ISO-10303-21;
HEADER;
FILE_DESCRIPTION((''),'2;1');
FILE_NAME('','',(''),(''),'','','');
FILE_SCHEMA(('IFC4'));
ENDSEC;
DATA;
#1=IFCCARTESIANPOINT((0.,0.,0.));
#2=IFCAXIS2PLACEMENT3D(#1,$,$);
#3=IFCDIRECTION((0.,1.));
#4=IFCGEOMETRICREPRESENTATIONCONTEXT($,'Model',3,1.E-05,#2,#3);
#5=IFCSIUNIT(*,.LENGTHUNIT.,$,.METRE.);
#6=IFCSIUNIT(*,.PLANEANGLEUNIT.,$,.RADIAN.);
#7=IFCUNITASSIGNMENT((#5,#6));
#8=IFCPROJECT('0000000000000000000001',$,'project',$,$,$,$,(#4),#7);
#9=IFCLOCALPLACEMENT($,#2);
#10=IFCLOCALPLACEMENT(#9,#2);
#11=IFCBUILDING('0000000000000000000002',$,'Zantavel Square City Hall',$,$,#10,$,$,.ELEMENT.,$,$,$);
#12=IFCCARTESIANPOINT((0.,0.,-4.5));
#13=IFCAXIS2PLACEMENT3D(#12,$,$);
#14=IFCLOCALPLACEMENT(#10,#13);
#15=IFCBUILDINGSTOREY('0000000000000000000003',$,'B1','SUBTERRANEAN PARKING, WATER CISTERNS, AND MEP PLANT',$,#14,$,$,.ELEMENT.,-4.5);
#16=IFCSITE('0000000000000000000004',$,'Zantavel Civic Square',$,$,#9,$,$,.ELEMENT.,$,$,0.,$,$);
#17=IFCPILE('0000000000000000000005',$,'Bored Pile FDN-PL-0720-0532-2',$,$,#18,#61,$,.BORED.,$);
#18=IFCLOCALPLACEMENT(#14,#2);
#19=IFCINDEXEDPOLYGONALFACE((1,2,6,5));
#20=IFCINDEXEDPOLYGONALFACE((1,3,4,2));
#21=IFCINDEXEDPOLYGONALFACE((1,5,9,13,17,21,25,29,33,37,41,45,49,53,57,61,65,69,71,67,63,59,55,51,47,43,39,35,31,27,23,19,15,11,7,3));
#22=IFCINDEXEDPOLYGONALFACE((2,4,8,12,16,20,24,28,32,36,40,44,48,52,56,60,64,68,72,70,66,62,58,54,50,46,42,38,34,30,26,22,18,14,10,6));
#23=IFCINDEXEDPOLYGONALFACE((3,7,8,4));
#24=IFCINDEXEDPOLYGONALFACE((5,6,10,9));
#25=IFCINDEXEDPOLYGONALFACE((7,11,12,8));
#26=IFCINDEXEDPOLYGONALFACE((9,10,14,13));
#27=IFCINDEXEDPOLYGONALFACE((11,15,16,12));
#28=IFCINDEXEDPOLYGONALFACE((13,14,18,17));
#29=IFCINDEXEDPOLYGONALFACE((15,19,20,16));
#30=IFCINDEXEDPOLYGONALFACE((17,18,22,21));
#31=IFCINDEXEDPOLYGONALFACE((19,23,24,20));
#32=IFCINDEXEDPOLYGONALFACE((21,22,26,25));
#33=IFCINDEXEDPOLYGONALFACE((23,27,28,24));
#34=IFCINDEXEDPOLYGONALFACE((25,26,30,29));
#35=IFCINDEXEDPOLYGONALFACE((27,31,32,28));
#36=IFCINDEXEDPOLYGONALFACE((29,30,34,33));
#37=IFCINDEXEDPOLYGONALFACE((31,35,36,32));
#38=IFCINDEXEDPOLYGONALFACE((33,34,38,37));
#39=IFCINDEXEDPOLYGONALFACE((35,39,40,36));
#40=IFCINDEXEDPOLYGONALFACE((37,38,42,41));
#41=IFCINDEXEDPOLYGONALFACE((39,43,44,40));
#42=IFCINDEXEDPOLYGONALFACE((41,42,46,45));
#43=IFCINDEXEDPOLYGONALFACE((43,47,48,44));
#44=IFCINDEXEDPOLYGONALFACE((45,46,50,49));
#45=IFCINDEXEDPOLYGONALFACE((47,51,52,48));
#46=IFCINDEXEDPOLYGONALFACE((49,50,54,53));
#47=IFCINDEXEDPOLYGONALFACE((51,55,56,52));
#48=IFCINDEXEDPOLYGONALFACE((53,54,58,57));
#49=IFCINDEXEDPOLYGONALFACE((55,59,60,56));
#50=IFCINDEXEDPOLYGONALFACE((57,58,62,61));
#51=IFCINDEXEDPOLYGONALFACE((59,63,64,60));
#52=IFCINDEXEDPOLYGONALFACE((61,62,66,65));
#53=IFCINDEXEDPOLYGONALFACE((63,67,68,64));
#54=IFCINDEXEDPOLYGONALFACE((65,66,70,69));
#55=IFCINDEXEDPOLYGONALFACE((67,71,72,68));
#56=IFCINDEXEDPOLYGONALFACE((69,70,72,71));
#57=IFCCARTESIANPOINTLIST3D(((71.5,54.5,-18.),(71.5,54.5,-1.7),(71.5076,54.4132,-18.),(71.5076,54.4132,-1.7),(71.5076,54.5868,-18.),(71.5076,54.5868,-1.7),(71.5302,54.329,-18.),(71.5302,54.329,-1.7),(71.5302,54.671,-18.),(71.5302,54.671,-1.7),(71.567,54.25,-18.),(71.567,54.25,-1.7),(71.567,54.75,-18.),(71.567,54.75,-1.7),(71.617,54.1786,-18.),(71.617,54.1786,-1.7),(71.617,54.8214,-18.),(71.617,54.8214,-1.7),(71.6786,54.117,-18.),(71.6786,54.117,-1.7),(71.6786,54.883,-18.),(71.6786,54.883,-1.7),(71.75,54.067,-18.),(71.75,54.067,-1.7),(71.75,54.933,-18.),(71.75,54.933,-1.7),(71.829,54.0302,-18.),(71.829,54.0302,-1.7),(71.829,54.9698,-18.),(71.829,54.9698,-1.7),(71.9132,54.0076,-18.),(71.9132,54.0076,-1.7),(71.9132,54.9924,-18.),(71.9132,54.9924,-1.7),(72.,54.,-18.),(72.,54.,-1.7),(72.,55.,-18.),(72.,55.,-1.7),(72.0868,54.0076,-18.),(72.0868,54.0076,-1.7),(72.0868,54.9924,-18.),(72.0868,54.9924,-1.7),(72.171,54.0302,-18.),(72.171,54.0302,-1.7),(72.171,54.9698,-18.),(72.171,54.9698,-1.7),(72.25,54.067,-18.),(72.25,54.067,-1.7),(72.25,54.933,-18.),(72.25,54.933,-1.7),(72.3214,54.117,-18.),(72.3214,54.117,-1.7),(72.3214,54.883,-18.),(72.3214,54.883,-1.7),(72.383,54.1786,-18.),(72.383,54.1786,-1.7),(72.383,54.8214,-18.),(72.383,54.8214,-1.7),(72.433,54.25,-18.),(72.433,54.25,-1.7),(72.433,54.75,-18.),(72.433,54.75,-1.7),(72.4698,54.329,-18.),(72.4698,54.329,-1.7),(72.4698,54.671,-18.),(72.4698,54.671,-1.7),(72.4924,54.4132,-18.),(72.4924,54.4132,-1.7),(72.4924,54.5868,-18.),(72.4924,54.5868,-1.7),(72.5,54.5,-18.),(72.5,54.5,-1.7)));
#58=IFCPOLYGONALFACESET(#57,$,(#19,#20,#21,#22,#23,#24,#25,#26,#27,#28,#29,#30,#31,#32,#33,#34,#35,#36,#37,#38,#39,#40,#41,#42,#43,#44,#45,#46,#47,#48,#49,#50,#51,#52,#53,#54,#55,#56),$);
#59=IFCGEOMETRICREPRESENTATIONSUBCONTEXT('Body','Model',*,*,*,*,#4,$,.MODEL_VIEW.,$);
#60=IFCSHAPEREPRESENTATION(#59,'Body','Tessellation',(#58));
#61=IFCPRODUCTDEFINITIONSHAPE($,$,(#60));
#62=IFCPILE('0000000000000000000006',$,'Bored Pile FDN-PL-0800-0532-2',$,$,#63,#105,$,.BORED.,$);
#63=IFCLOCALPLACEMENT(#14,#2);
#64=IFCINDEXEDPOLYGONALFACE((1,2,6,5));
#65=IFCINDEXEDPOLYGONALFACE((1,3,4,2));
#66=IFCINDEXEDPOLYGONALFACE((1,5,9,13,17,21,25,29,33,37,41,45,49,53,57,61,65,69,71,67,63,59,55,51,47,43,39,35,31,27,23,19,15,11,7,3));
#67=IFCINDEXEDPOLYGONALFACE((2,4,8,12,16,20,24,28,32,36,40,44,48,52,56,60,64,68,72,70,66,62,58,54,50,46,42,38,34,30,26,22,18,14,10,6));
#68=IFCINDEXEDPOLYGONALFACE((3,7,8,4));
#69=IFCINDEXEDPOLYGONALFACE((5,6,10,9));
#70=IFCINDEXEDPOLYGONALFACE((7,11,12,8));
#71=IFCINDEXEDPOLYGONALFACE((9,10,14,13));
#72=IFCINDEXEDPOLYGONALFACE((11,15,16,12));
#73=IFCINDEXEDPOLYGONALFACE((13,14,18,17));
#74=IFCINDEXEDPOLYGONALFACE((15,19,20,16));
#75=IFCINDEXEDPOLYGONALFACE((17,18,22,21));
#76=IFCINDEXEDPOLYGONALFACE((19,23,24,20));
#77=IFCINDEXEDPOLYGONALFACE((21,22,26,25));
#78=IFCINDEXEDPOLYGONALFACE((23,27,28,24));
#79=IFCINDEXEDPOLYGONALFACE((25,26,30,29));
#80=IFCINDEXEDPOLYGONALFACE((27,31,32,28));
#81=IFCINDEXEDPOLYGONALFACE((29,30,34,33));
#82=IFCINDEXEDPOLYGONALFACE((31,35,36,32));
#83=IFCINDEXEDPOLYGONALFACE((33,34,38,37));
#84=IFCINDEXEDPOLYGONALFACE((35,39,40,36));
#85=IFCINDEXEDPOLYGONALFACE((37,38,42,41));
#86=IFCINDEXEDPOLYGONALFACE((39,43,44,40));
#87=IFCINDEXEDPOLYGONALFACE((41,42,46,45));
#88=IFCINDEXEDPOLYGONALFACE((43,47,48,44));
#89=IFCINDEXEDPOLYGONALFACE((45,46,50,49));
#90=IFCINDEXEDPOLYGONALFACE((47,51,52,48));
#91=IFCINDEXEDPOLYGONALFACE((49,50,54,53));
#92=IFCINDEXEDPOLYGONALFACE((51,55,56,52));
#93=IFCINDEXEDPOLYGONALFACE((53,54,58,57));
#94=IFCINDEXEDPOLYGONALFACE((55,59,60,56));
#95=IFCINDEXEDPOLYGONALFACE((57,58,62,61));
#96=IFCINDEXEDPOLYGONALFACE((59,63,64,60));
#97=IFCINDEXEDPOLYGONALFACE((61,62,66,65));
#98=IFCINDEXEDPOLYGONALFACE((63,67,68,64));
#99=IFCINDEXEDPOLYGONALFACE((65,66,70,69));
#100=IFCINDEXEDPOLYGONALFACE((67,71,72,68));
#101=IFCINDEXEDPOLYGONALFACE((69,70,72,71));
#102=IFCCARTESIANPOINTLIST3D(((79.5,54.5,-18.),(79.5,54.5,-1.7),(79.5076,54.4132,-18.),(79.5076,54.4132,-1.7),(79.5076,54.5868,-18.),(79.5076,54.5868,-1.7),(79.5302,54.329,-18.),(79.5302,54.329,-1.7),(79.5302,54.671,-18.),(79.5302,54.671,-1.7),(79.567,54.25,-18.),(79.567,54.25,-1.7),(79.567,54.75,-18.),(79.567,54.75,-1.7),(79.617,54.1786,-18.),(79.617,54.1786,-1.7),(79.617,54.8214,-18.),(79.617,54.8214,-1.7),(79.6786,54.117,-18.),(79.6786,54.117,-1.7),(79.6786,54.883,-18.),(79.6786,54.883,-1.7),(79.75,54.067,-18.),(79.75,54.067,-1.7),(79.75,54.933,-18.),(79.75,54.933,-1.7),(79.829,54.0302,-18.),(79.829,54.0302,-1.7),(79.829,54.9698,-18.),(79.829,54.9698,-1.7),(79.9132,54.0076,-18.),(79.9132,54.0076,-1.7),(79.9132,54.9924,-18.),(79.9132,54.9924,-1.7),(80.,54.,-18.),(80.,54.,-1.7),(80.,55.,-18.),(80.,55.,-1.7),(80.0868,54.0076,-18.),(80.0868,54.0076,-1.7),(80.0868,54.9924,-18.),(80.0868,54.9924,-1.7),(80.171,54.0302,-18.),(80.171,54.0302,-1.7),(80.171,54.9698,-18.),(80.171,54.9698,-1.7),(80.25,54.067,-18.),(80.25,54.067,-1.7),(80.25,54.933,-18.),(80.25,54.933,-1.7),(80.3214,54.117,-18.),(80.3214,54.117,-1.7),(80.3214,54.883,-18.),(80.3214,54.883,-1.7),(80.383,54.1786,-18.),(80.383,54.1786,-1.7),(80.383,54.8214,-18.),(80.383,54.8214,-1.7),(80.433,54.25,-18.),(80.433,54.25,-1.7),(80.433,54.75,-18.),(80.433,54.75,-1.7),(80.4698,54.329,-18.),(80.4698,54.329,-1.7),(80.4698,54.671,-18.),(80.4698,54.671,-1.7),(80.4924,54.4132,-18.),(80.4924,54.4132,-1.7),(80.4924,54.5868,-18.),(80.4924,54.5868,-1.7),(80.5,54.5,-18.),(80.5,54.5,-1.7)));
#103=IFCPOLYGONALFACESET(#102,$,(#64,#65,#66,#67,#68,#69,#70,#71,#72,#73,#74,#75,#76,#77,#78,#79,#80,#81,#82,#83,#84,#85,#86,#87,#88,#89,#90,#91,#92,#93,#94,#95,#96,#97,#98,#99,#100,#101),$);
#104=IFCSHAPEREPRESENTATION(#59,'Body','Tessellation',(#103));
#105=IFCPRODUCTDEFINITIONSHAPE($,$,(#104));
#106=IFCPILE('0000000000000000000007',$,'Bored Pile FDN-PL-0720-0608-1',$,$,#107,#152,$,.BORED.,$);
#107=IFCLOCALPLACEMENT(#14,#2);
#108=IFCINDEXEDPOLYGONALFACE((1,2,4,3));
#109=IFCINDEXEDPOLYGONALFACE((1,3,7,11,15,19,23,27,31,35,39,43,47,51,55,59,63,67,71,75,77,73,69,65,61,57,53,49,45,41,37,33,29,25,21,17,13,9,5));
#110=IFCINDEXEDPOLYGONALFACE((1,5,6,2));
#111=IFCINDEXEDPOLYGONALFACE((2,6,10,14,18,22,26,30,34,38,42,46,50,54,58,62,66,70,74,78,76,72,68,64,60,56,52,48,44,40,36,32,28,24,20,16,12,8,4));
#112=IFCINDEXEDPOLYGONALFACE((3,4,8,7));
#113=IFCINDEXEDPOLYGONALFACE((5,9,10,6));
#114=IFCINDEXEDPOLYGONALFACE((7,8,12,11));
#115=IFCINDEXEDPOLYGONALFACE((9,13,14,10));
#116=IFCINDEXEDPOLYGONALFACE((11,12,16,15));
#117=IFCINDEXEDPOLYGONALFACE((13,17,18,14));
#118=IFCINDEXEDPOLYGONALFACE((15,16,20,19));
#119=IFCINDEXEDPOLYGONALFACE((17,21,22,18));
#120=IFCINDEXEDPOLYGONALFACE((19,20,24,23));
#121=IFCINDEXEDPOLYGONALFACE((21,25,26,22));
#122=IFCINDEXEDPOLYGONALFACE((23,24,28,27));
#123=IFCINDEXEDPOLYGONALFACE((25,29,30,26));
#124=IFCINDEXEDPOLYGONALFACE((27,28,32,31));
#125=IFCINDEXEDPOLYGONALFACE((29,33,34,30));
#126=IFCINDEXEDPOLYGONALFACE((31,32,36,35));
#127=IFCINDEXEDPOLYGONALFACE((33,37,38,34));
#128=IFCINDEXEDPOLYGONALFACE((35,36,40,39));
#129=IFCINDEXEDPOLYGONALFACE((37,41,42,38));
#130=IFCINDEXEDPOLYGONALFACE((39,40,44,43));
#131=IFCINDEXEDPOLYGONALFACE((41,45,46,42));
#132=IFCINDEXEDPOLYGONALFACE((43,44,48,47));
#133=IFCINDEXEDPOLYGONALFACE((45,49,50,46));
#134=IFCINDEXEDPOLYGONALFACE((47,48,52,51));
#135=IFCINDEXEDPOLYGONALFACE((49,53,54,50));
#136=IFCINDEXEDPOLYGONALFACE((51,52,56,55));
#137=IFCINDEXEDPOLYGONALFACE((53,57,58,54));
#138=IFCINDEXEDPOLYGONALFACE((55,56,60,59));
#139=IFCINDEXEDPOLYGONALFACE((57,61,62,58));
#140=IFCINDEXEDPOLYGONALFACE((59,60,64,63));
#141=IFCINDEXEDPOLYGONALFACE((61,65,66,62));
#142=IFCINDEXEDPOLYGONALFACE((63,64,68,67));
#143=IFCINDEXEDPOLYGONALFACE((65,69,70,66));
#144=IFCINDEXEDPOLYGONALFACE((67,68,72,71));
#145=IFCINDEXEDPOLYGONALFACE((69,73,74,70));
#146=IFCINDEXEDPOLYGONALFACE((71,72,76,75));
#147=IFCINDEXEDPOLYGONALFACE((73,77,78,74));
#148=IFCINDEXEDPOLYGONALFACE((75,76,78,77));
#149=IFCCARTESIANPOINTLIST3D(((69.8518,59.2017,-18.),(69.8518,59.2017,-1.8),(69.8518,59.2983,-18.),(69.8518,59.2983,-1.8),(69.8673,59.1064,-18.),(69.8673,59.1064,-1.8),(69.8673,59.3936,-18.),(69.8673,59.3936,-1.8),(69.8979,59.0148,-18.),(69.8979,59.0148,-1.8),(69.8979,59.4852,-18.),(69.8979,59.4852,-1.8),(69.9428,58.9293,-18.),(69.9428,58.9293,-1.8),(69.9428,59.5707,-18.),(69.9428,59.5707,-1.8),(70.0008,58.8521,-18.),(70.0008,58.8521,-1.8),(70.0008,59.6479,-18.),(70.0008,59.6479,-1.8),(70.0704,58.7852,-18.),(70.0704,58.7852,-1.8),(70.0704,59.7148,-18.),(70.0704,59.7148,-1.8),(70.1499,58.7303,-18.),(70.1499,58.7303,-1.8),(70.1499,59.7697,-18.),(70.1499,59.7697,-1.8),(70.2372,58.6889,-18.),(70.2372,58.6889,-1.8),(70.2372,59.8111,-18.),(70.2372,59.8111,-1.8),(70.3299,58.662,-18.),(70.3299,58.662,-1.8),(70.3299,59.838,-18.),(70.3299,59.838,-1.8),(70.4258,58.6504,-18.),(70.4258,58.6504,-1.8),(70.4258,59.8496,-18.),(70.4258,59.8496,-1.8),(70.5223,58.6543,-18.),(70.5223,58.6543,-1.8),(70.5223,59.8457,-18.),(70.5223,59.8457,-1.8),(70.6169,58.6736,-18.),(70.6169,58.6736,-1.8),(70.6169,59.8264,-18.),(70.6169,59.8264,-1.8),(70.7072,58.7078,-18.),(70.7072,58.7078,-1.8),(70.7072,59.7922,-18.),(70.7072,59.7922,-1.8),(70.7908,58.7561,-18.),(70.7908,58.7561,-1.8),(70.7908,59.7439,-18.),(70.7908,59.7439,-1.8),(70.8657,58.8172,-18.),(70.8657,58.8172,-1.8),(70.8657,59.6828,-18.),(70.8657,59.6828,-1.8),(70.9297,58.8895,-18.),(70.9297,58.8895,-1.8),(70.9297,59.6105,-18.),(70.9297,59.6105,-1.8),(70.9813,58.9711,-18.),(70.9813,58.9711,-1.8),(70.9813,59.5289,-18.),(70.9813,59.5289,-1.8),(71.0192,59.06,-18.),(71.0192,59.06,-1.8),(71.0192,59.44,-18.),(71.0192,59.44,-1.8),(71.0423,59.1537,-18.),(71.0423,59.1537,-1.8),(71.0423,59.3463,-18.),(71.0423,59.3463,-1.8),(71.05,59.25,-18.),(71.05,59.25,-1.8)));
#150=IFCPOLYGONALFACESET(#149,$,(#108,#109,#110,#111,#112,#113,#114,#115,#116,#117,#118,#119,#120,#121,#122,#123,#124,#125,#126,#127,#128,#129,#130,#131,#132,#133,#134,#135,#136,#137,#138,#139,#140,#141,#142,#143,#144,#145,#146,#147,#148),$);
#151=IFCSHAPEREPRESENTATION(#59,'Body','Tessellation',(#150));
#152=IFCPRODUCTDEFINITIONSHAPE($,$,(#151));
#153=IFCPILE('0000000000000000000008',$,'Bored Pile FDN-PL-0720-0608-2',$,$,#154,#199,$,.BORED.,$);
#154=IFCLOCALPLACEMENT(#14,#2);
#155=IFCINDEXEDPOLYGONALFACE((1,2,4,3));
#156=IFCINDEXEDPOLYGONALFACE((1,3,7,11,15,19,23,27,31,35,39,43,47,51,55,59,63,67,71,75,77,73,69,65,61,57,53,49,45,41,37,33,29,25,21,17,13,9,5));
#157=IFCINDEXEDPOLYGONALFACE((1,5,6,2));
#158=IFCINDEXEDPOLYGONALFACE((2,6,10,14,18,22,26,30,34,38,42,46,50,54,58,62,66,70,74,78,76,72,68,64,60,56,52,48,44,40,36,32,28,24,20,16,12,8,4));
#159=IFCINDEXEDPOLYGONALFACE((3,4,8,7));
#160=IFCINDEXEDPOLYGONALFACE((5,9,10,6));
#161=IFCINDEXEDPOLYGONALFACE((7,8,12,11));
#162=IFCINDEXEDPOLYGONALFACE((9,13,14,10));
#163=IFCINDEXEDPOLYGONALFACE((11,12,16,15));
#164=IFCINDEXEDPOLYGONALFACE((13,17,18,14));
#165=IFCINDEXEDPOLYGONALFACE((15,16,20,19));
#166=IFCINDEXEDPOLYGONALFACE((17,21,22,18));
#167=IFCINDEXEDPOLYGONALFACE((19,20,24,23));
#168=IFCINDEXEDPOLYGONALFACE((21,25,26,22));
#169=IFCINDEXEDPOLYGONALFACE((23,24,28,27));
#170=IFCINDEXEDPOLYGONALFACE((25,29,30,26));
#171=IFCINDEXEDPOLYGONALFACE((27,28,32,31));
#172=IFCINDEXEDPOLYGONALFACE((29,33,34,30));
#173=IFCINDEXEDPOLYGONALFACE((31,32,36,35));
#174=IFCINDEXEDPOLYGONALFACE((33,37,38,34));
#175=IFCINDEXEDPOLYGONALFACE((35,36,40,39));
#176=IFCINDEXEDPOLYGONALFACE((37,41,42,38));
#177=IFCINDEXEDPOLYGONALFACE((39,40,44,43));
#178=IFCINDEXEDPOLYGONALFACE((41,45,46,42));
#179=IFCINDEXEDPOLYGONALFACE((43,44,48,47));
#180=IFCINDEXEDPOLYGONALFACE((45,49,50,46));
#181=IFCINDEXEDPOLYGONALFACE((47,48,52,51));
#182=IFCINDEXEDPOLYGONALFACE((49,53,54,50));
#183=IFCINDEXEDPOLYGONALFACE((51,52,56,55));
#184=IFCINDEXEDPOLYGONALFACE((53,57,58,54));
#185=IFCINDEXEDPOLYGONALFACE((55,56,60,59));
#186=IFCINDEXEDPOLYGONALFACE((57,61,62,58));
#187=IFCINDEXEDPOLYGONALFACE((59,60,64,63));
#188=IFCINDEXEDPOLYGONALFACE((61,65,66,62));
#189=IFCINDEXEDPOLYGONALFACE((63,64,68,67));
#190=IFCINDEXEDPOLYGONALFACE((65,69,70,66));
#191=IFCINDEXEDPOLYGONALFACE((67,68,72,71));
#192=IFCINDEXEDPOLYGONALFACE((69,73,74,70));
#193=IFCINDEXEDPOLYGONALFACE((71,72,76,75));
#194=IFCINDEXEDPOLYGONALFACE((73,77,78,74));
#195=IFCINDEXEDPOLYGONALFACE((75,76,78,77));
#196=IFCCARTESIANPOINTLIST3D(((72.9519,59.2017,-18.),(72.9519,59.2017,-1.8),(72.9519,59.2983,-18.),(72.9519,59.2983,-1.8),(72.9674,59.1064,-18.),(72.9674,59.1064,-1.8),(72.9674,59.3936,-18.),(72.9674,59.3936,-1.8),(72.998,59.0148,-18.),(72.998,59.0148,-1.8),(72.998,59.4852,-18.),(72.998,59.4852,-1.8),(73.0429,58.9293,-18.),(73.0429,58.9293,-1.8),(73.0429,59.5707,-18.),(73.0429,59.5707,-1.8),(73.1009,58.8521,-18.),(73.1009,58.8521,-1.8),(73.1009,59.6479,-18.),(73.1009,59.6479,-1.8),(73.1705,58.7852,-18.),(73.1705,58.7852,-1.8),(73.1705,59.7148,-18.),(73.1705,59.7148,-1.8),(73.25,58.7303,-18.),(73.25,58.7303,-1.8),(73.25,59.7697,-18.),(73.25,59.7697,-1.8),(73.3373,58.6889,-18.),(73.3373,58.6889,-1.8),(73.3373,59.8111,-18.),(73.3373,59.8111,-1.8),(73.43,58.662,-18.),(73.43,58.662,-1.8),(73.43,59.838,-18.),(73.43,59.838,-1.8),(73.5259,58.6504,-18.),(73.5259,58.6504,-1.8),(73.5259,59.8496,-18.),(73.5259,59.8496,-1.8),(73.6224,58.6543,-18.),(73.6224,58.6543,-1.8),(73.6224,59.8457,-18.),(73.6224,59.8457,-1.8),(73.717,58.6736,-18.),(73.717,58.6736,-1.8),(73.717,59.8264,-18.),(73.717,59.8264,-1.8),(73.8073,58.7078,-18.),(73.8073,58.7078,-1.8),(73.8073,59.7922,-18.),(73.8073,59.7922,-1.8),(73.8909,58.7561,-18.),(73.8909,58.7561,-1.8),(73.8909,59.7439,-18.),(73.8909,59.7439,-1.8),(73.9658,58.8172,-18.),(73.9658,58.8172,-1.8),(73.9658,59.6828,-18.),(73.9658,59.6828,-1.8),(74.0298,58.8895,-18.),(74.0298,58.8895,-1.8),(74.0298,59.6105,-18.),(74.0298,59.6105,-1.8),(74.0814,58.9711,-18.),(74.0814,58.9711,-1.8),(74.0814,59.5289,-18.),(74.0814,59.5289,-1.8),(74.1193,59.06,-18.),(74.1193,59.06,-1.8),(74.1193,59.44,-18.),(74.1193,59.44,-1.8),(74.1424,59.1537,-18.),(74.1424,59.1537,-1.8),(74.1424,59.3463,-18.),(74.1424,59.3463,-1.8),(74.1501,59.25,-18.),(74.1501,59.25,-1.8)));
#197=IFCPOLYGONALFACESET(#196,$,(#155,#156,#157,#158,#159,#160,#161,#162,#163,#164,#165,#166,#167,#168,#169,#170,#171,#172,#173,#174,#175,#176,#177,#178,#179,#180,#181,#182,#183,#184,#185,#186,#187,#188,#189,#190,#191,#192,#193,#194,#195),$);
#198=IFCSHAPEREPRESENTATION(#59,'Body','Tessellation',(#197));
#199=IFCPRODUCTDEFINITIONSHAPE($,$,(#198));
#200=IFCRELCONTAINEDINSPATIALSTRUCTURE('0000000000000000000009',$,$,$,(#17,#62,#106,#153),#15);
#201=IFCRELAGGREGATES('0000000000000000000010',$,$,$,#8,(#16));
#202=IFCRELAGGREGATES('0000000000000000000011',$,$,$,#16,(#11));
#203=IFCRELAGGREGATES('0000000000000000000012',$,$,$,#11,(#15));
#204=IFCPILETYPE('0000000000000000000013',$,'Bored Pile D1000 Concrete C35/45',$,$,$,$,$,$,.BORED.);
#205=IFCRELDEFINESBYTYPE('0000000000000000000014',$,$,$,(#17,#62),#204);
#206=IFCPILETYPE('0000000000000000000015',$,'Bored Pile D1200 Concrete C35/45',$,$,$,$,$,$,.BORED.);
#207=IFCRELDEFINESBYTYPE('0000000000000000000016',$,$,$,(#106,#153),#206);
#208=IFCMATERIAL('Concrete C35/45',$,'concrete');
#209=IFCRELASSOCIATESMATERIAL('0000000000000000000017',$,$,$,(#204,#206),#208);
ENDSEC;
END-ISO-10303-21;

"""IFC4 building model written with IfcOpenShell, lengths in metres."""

from ifc_helpers import new_model, si_unit, direction, frame, origin, origin_2d, place, context, subcontext, project, spatial, circle, extrude, material, material_profile, profile_set, type_object, element, save


model = new_model("IFC4")

# Units and contexts
model_context = context("Model", 3, precision=1e-05, world=origin(), true_north=direction((0.0, 1.0)))
body_context = subcontext(model_context, "Body", "Model", "MODEL_VIEW")
ifc_project = project(units=[si_unit("LENGTHUNIT", "METRE"), si_unit("PLANEANGLEUNIT", "RADIAN")], contexts=[model_context])

# Site, building, storey
site_placement = place(None, origin())
site = spatial("IfcSite", under=ifc_project, at=site_placement, Name="Zantavel Civic Square", CompositionType="ELEMENT", RefElevation=0.0)
building_placement = place(site_placement, origin())
building = spatial("IfcBuilding", under=site, at=building_placement, Name="Zantavel Square City Hall", CompositionType="ELEMENT")
storey_placement = place(building_placement, frame((0.0, 0.0, -4.5)))
storey = spatial("IfcBuildingStorey", under=building, at=storey_placement, Name="B1", Description="SUBTERRANEAN PARKING, WATER CISTERNS, AND MEP PLANT", CompositionType="ELEMENT", Elevation=-4.5)

# Piles
ifc_material_1 = material(Name="Concrete C35/45", Category="concrete")
ifc_material_profile_1 = material_profile(ifc_material_1, circle(Radius=0.5, at=origin_2d()), Name="PILE D1000")
ifc_profile_set_1 = profile_set([ifc_material_profile_1], Name="Concrete C35/45")
pile_type_1 = type_object("IfcPileType", Name="Bored Pile D1000 Concrete C35/45", PredefinedType="BORED", material=ifc_profile_set_1)
for number, where, z_axis, x_axis, name in (
    (1, (72.0, 54.5, -1.7), (0.0, 0.0, -1.0), (1.0, 0.0, 0.0), "Bored Pile FDN-PL-0720-0532-2"),
    (2, (80.0, 54.5, -1.7), (0.0, 0.0, -1.0), (1.0, 0.0, 0.0), "Bored Pile FDN-PL-0800-0532-2"),
):
    element("IfcPile", number, at=place(storey_placement, frame(where, z_axis=z_axis, x_axis=x_axis)), inside=storey, type_object=pile_type_1, Name=name, PredefinedType="BORED", context=body_context, shape_type="SweptSolid", body=[
        extrude(circle(Radius=0.5, at=origin_2d()), origin(), (0.0, 0.0, 1.0), 16.3),
    ])
ifc_material_profile_2 = material_profile(ifc_material_1, circle(Radius=0.6001, at=origin_2d()), Name="PILE D1200")
ifc_profile_set_2 = profile_set([ifc_material_profile_2], Name="Concrete C35/45")
pile_type_2 = type_object("IfcPileType", Name="Bored Pile D1200 Concrete C35/45", PredefinedType="BORED", material=ifc_profile_set_2)
for number, where, z_axis, x_axis, name in (
    (3, (70.45, 59.25, -1.8), (0.0, 0.0, -1.0), (1.0, 0.0, 0.0), "Bored Pile FDN-PL-0720-0608-1"),
    (4, (73.55, 59.25, -1.8), (0.0, 0.0, -1.0), (1.0, 0.0, 0.0), "Bored Pile FDN-PL-0720-0608-2"),
):
    element("IfcPile", number, at=place(storey_placement, frame(where, z_axis=z_axis, x_axis=x_axis)), inside=storey, type_object=pile_type_2, Name=name, PredefinedType="BORED", context=body_context, shape_type="SweptSolid", body=[
        extrude(circle(Radius=0.6001, at=origin_2d()), origin(), (0.0, 0.0, 1.0), 16.2),
    ])

save(model, "model.ifc")
